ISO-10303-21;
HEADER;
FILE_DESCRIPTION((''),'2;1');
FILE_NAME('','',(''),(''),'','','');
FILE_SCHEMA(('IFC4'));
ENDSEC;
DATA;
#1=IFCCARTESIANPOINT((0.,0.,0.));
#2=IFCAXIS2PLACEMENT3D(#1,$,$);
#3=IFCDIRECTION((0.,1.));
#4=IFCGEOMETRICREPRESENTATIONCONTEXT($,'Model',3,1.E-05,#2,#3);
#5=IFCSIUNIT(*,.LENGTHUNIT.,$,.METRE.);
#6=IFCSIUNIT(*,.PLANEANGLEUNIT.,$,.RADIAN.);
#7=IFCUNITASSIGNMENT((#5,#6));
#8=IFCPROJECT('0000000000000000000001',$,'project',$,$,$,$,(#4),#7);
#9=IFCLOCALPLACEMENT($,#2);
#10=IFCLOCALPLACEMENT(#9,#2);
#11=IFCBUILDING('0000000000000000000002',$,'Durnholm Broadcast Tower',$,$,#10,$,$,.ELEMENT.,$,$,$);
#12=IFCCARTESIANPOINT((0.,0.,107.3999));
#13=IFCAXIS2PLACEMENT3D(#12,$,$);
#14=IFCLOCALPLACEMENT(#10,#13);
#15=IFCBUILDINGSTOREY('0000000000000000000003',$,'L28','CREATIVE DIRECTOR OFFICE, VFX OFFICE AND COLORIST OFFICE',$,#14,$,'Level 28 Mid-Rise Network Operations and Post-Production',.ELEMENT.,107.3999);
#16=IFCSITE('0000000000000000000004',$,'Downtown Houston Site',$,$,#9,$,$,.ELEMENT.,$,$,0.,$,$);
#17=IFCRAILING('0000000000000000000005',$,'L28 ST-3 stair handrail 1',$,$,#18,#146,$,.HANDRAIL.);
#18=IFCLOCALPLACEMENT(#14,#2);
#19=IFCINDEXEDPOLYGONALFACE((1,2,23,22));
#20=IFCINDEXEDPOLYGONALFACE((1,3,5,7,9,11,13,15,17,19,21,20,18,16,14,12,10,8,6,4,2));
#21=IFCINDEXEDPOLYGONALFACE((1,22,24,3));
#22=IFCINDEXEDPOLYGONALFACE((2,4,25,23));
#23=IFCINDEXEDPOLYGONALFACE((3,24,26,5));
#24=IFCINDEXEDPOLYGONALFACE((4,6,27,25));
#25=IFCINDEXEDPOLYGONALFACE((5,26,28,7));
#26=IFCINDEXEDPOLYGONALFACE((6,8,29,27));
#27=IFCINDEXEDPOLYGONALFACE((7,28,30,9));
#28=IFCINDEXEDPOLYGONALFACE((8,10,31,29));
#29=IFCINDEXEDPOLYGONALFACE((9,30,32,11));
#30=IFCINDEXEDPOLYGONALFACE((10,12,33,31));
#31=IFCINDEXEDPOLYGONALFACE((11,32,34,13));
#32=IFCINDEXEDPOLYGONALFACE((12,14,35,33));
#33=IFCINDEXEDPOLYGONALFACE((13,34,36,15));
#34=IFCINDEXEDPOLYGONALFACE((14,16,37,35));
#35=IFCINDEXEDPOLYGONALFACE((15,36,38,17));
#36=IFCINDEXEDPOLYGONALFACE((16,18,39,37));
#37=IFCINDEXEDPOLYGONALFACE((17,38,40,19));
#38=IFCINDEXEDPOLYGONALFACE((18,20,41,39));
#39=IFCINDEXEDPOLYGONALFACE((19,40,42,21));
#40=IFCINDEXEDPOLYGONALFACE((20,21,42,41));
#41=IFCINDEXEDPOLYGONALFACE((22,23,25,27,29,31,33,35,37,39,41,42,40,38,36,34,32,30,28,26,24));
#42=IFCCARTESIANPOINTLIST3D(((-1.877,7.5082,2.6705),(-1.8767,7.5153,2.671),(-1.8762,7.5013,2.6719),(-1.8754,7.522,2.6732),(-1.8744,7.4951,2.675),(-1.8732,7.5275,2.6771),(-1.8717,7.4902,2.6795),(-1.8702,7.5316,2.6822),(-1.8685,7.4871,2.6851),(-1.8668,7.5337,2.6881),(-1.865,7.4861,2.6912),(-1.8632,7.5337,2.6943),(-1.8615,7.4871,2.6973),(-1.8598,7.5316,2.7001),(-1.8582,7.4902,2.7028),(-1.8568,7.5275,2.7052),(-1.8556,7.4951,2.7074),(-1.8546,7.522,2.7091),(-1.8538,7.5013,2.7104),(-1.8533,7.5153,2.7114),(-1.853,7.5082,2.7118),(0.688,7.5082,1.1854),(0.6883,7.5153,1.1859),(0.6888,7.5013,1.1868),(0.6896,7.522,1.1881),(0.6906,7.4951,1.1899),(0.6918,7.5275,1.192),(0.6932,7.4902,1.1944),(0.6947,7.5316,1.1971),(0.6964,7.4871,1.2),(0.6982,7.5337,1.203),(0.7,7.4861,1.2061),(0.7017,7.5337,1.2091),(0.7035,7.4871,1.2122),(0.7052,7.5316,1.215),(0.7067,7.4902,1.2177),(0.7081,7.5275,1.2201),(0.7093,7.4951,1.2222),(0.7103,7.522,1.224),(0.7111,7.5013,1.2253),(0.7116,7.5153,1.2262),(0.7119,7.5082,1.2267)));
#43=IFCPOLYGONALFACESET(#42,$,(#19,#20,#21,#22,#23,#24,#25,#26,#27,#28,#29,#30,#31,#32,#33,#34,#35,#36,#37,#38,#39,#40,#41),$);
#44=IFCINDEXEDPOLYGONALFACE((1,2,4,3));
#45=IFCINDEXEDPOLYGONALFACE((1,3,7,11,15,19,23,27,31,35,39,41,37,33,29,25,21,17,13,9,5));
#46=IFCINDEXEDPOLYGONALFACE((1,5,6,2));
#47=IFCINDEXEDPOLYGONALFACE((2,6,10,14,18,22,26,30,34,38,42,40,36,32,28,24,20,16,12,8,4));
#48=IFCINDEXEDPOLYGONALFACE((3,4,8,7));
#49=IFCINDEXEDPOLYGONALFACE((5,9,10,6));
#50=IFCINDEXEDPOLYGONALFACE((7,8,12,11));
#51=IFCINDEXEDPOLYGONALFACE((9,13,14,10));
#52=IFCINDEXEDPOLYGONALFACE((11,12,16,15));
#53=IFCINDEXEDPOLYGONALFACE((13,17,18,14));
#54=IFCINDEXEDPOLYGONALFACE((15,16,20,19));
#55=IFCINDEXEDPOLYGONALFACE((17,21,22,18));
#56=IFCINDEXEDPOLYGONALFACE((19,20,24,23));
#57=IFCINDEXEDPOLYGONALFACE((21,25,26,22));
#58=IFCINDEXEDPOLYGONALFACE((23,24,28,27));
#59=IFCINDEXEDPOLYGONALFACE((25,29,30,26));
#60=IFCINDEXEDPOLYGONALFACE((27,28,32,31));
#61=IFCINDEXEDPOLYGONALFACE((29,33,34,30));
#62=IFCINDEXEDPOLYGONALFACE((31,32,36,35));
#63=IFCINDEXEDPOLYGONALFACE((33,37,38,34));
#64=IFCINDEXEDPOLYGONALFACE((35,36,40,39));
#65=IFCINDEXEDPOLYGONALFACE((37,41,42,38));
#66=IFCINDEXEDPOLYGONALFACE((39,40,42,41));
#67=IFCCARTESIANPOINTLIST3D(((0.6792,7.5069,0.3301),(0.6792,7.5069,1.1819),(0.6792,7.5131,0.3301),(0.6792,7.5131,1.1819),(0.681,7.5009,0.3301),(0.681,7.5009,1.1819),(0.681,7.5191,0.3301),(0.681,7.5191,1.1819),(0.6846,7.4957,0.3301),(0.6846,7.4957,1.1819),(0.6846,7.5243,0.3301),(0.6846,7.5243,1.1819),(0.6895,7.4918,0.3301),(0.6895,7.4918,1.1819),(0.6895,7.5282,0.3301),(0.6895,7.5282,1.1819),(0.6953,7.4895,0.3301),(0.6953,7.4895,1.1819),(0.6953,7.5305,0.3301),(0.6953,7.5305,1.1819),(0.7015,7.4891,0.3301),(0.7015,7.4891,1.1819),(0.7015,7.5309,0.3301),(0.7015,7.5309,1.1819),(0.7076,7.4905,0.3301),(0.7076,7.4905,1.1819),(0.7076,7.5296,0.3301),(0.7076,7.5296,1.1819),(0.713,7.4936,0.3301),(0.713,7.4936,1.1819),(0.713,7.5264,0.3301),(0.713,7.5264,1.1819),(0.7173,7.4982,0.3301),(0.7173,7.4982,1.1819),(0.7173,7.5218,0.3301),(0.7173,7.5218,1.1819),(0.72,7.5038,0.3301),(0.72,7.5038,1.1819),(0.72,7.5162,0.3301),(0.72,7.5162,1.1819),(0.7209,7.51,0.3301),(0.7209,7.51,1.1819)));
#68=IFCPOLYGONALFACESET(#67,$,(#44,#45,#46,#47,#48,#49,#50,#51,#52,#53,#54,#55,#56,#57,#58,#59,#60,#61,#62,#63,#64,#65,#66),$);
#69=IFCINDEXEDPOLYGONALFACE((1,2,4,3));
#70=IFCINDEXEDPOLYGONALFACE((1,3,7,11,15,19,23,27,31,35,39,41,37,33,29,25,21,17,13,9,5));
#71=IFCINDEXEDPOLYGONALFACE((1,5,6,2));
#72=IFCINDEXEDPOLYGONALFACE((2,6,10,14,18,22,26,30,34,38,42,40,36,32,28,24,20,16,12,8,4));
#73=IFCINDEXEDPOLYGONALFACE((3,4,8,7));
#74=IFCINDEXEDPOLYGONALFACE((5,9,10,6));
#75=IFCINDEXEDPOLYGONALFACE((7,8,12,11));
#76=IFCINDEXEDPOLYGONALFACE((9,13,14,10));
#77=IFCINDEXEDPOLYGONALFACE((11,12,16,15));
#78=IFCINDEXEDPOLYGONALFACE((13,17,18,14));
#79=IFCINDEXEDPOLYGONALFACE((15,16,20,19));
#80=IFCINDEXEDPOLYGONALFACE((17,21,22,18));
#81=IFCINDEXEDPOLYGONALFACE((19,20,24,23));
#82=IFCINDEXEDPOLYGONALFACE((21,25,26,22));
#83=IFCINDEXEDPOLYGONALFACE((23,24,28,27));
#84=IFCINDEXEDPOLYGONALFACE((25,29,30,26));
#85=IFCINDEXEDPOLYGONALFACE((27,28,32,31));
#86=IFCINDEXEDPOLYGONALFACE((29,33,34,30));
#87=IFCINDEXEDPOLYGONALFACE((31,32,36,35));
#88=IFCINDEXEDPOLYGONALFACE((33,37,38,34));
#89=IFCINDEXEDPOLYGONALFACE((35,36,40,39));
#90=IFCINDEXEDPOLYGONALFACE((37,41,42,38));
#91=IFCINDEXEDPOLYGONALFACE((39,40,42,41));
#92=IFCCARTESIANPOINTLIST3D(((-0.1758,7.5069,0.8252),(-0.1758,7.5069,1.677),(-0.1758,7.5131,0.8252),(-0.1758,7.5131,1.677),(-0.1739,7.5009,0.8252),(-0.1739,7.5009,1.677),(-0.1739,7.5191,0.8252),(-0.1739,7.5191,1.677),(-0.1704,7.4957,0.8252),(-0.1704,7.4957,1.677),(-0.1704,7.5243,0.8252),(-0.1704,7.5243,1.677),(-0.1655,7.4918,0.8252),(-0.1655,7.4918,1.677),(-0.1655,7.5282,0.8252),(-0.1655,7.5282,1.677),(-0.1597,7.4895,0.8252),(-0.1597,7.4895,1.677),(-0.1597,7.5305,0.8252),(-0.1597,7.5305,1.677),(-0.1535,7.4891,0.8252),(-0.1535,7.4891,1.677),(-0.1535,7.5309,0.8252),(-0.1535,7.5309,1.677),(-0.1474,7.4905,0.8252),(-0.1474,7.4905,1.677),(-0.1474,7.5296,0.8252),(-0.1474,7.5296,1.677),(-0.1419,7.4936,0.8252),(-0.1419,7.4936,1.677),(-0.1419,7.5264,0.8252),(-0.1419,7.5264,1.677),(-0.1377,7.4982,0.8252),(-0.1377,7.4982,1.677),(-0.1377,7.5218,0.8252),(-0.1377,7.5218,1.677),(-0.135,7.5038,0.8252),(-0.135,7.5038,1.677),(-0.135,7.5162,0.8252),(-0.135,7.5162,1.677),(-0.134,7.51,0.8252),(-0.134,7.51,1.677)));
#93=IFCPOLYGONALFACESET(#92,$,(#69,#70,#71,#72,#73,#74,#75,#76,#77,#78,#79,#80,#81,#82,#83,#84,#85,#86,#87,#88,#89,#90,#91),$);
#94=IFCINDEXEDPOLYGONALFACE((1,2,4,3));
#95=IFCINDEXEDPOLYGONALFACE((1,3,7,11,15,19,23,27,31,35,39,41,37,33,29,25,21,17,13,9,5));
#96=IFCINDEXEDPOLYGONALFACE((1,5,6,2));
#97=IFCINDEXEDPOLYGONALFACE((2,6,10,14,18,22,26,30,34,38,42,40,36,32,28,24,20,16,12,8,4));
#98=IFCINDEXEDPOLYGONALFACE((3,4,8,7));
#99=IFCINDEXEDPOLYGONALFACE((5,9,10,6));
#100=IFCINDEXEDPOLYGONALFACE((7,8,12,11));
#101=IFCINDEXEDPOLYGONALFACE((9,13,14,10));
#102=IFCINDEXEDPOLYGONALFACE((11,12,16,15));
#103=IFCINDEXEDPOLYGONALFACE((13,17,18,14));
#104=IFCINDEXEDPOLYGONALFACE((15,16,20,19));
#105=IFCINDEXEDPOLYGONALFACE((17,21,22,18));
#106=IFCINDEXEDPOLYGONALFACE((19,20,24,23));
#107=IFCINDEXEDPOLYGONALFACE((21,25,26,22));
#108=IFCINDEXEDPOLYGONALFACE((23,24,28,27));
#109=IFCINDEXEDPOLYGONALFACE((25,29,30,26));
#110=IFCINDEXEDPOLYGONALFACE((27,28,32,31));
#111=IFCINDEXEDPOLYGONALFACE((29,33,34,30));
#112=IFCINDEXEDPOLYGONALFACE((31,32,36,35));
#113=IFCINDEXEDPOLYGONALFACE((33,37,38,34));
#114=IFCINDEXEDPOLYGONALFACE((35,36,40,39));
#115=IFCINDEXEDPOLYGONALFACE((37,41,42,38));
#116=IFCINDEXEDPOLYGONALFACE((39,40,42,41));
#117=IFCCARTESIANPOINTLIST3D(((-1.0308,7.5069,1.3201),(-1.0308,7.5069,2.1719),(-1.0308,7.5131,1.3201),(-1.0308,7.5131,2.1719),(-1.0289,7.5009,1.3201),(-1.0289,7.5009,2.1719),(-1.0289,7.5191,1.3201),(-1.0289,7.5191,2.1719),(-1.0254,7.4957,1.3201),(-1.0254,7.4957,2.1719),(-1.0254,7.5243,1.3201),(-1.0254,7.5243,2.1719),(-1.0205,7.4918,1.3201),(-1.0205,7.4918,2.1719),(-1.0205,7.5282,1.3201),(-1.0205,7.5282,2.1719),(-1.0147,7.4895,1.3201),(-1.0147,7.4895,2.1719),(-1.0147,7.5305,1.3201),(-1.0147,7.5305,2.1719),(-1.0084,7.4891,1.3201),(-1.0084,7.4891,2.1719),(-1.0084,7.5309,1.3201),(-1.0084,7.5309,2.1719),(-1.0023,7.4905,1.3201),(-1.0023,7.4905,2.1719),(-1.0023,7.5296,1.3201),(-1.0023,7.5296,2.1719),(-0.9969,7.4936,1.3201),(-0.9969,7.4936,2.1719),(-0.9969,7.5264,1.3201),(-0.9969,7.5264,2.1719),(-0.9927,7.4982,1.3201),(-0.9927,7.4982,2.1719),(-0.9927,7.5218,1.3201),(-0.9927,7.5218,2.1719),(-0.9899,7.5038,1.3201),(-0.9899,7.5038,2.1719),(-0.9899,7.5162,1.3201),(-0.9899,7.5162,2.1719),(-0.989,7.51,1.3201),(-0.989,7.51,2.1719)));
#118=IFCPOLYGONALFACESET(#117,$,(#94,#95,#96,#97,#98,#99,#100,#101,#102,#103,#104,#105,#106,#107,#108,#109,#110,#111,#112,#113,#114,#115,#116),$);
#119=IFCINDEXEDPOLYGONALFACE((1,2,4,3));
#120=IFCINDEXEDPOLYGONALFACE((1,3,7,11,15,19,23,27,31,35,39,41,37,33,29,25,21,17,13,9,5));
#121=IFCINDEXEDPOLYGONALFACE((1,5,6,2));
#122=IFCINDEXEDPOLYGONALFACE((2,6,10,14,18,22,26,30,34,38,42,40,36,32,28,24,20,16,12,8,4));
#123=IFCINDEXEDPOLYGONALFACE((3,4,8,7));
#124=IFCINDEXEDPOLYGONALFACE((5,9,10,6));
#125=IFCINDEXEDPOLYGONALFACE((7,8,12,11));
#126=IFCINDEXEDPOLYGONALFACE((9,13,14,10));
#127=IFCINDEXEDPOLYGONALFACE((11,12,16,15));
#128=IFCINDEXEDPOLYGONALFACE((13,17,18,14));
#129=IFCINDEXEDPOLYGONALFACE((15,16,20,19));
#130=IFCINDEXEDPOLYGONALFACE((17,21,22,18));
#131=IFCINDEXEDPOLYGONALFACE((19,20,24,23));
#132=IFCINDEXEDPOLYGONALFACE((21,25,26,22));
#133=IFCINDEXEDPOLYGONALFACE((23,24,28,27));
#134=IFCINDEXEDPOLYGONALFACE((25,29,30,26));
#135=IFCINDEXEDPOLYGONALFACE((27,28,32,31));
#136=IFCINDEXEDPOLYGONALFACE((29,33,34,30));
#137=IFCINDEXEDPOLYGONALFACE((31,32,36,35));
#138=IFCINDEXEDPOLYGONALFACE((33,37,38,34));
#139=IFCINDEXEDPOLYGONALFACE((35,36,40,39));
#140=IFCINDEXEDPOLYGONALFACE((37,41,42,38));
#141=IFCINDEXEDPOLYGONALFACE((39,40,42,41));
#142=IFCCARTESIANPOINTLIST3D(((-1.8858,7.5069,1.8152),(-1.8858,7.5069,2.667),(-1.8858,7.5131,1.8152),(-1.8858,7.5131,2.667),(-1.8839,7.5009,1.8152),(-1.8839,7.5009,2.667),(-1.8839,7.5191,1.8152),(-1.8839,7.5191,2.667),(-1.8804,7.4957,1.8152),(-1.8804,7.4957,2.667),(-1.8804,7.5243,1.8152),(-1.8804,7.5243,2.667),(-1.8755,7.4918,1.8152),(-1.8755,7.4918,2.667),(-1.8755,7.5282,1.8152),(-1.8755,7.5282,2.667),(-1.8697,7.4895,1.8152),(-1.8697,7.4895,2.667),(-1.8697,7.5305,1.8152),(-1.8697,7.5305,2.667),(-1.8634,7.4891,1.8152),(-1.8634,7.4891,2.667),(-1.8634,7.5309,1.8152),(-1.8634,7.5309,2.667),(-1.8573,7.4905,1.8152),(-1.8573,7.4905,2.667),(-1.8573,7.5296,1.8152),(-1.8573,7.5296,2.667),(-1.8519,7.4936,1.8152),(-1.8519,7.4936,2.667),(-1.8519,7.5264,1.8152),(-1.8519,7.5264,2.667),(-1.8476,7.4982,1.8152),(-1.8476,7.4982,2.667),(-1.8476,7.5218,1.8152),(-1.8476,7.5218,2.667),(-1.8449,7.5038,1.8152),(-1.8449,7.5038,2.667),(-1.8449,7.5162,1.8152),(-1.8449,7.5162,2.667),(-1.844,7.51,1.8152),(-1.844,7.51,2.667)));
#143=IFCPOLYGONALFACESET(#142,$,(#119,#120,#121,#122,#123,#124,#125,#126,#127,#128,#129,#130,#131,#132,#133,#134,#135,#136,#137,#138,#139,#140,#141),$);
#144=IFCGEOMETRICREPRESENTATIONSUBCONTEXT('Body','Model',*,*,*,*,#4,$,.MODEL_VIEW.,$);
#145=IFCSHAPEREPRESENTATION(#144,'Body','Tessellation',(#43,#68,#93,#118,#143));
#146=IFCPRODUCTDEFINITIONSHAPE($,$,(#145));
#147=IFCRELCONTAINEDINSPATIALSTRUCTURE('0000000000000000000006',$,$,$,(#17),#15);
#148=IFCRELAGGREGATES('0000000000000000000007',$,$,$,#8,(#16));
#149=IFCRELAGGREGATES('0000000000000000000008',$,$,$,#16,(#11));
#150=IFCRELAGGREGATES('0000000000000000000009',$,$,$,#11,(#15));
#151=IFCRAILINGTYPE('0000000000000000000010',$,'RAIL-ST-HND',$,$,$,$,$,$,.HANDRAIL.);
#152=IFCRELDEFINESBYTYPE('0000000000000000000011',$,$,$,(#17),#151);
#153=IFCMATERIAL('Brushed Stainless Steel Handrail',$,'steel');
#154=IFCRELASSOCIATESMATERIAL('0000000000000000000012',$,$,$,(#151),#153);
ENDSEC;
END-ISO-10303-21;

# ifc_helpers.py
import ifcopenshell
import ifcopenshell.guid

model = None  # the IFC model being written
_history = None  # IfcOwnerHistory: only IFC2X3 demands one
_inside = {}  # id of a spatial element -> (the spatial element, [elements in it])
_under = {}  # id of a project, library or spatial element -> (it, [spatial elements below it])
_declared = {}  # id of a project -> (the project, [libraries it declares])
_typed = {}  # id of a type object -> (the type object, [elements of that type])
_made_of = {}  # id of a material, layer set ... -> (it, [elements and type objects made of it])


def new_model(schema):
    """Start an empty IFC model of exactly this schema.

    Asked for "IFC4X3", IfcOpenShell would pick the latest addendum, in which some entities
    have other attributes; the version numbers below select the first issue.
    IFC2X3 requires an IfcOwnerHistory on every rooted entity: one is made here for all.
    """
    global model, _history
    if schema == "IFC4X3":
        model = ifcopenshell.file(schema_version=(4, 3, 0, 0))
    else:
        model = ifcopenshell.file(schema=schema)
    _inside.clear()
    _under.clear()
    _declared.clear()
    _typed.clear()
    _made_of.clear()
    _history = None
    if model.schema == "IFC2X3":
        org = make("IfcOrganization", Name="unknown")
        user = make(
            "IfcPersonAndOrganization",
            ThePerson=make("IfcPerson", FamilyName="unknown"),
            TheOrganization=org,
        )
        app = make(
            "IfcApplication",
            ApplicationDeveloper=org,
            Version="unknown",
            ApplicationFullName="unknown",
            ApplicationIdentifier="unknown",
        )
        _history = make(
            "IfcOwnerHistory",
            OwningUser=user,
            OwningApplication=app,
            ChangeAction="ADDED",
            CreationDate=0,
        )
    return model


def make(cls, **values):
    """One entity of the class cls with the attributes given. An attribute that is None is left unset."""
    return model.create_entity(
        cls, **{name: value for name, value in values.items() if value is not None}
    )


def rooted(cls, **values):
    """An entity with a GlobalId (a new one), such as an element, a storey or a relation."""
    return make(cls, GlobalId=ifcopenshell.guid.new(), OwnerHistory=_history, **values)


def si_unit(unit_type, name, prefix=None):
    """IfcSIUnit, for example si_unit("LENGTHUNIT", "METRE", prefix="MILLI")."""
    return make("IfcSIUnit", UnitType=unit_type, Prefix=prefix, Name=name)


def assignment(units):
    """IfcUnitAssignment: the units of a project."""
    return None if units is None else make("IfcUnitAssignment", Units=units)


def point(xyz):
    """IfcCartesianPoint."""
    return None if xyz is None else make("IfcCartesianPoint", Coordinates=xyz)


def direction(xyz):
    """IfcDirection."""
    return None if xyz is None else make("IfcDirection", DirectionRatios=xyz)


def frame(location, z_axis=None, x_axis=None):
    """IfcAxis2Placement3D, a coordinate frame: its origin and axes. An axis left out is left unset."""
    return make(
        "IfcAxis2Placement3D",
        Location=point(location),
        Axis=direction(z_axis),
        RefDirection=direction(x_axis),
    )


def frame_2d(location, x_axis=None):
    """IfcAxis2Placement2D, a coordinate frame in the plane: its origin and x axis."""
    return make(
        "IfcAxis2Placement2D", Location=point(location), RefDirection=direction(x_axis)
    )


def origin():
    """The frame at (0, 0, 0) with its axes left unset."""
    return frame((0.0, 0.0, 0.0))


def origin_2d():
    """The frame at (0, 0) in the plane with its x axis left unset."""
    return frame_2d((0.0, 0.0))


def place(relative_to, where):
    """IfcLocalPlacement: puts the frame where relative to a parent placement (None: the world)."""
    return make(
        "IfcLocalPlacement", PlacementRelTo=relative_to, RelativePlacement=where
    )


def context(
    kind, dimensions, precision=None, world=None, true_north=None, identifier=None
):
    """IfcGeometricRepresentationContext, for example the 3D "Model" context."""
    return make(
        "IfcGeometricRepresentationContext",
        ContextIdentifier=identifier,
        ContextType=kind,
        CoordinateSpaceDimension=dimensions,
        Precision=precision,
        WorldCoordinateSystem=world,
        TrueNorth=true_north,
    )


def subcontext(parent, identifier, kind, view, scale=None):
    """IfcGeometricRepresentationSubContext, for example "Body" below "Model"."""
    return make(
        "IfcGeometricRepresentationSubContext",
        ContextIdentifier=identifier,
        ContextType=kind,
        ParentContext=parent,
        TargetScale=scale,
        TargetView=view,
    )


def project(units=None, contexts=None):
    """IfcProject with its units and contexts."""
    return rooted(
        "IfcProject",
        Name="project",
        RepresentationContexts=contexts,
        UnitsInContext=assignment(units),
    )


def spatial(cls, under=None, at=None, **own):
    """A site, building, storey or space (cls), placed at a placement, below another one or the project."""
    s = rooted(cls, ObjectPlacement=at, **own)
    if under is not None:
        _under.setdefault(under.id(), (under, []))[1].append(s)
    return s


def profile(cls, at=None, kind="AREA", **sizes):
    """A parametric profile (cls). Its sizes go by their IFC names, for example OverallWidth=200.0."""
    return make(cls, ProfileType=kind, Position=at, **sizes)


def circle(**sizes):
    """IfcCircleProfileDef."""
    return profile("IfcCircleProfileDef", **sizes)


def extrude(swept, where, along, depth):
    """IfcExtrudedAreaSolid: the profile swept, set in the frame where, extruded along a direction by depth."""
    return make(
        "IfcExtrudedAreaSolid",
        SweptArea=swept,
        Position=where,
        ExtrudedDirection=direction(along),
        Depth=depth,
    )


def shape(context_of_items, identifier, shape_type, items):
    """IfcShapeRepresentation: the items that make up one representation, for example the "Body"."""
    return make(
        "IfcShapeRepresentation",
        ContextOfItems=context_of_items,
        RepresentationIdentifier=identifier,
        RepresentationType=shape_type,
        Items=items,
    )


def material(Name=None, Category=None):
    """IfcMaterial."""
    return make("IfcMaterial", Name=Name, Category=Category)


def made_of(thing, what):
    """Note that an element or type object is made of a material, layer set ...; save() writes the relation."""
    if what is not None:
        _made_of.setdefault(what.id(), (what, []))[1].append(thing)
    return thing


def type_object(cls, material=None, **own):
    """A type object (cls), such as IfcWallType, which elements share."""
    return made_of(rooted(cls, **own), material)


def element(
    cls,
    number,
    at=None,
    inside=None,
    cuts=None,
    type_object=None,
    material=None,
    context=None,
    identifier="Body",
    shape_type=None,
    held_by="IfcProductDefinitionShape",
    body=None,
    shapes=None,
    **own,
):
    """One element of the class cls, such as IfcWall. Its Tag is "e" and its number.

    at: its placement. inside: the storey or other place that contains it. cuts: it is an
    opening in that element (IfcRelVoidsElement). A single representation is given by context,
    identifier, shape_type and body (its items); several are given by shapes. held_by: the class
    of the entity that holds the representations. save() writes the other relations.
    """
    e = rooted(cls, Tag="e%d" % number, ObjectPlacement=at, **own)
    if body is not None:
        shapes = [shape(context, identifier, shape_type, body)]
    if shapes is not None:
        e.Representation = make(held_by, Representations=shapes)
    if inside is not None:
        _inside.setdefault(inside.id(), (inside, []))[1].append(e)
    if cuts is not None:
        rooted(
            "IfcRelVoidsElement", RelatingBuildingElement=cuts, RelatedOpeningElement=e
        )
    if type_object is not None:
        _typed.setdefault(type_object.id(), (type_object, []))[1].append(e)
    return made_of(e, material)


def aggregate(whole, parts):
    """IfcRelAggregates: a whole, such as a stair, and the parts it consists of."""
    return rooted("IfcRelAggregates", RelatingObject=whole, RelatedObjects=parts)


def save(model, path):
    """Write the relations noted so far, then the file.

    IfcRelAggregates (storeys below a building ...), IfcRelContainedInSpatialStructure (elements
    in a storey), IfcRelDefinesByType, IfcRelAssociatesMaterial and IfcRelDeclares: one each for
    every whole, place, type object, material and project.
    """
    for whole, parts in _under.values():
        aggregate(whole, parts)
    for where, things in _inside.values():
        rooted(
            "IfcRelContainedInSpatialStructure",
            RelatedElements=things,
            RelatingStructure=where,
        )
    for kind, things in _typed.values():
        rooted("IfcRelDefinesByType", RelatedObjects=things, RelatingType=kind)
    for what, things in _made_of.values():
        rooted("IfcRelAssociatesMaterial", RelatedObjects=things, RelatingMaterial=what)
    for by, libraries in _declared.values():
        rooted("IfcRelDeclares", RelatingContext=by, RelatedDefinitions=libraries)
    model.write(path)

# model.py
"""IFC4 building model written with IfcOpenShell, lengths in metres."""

from ifc_helpers import new_model, si_unit, direction, frame, origin, origin_2d, place, context, subcontext, project, spatial, circle, extrude, material, type_object, element, save


model = new_model("IFC4")

# Units and contexts
model_context = context("Model", 3, precision=1e-05, world=origin(), true_north=direction((0.0, 1.0)))
body_context = subcontext(model_context, "Body", "Model", "MODEL_VIEW")
ifc_project = project(units=[si_unit("LENGTHUNIT", "METRE"), si_unit("PLANEANGLEUNIT", "RADIAN")], contexts=[model_context])

# Site, building, storey
site_placement = place(None, origin())
site = spatial("IfcSite", under=ifc_project, at=site_placement, Name="Downtown Houston Site", CompositionType="ELEMENT", RefElevation=0.0)
building_placement = place(site_placement, origin())
building = spatial("IfcBuilding", under=site, at=building_placement, Name="Durnholm Broadcast Tower", CompositionType="ELEMENT")
storey_placement = place(building_placement, frame((0.0, 0.0, 107.3999)))
storey = spatial("IfcBuildingStorey", under=building, at=storey_placement, Name="L28", Description="CREATIVE DIRECTOR OFFICE, VFX OFFICE AND COLORIST OFFICE", LongName="Level 28 Mid-Rise Network Operations and Post-Production", CompositionType="ELEMENT", Elevation=107.3999)

# Railing
ifc_material_1 = material(Name="Brushed Stainless Steel Handrail", Category="steel")
railing_type_1 = type_object("IfcRailingType", Name="RAIL-ST-HND", PredefinedType="HANDRAIL", material=ifc_material_1)
railing_1_placement = place(storey_placement, frame((0.7, 7.51, 0.3301)))
element("IfcRailing", 1, at=railing_1_placement, inside=storey, type_object=railing_type_1, Name="L28 ST-3 stair handrail 1", PredefinedType="HANDRAIL", context=body_context, shape_type="SweptSolid", body=[
    extrude(circle(Radius=0.0239, at=origin_2d()), frame((0.0, 0.0, 0.876), z_axis=(-0.865406, 0.0, 0.501072), x_axis=(0.0, -1.0, 0.0)), (0.0, 0.0, 1.0), 2.9639),
    extrude(circle(Radius=0.021, at=origin_2d()), origin(), (0.0, 0.0, 1.0), 0.8518),
    extrude(circle(Radius=0.021, at=origin_2d()), frame((-0.855, 0.0, 0.4951)), (0.0, 0.0, 1.0), 0.8518),
    extrude(circle(Radius=0.021, at=origin_2d()), frame((-1.71, 0.0, 0.99)), (0.0, 0.0, 1.0), 0.8518),
    extrude(circle(Radius=0.021, at=origin_2d()), frame((-2.5649, 0.0, 1.4851)), (0.0, 0.0, 1.0), 0.8518),
])

save(model, "model.ifc")
